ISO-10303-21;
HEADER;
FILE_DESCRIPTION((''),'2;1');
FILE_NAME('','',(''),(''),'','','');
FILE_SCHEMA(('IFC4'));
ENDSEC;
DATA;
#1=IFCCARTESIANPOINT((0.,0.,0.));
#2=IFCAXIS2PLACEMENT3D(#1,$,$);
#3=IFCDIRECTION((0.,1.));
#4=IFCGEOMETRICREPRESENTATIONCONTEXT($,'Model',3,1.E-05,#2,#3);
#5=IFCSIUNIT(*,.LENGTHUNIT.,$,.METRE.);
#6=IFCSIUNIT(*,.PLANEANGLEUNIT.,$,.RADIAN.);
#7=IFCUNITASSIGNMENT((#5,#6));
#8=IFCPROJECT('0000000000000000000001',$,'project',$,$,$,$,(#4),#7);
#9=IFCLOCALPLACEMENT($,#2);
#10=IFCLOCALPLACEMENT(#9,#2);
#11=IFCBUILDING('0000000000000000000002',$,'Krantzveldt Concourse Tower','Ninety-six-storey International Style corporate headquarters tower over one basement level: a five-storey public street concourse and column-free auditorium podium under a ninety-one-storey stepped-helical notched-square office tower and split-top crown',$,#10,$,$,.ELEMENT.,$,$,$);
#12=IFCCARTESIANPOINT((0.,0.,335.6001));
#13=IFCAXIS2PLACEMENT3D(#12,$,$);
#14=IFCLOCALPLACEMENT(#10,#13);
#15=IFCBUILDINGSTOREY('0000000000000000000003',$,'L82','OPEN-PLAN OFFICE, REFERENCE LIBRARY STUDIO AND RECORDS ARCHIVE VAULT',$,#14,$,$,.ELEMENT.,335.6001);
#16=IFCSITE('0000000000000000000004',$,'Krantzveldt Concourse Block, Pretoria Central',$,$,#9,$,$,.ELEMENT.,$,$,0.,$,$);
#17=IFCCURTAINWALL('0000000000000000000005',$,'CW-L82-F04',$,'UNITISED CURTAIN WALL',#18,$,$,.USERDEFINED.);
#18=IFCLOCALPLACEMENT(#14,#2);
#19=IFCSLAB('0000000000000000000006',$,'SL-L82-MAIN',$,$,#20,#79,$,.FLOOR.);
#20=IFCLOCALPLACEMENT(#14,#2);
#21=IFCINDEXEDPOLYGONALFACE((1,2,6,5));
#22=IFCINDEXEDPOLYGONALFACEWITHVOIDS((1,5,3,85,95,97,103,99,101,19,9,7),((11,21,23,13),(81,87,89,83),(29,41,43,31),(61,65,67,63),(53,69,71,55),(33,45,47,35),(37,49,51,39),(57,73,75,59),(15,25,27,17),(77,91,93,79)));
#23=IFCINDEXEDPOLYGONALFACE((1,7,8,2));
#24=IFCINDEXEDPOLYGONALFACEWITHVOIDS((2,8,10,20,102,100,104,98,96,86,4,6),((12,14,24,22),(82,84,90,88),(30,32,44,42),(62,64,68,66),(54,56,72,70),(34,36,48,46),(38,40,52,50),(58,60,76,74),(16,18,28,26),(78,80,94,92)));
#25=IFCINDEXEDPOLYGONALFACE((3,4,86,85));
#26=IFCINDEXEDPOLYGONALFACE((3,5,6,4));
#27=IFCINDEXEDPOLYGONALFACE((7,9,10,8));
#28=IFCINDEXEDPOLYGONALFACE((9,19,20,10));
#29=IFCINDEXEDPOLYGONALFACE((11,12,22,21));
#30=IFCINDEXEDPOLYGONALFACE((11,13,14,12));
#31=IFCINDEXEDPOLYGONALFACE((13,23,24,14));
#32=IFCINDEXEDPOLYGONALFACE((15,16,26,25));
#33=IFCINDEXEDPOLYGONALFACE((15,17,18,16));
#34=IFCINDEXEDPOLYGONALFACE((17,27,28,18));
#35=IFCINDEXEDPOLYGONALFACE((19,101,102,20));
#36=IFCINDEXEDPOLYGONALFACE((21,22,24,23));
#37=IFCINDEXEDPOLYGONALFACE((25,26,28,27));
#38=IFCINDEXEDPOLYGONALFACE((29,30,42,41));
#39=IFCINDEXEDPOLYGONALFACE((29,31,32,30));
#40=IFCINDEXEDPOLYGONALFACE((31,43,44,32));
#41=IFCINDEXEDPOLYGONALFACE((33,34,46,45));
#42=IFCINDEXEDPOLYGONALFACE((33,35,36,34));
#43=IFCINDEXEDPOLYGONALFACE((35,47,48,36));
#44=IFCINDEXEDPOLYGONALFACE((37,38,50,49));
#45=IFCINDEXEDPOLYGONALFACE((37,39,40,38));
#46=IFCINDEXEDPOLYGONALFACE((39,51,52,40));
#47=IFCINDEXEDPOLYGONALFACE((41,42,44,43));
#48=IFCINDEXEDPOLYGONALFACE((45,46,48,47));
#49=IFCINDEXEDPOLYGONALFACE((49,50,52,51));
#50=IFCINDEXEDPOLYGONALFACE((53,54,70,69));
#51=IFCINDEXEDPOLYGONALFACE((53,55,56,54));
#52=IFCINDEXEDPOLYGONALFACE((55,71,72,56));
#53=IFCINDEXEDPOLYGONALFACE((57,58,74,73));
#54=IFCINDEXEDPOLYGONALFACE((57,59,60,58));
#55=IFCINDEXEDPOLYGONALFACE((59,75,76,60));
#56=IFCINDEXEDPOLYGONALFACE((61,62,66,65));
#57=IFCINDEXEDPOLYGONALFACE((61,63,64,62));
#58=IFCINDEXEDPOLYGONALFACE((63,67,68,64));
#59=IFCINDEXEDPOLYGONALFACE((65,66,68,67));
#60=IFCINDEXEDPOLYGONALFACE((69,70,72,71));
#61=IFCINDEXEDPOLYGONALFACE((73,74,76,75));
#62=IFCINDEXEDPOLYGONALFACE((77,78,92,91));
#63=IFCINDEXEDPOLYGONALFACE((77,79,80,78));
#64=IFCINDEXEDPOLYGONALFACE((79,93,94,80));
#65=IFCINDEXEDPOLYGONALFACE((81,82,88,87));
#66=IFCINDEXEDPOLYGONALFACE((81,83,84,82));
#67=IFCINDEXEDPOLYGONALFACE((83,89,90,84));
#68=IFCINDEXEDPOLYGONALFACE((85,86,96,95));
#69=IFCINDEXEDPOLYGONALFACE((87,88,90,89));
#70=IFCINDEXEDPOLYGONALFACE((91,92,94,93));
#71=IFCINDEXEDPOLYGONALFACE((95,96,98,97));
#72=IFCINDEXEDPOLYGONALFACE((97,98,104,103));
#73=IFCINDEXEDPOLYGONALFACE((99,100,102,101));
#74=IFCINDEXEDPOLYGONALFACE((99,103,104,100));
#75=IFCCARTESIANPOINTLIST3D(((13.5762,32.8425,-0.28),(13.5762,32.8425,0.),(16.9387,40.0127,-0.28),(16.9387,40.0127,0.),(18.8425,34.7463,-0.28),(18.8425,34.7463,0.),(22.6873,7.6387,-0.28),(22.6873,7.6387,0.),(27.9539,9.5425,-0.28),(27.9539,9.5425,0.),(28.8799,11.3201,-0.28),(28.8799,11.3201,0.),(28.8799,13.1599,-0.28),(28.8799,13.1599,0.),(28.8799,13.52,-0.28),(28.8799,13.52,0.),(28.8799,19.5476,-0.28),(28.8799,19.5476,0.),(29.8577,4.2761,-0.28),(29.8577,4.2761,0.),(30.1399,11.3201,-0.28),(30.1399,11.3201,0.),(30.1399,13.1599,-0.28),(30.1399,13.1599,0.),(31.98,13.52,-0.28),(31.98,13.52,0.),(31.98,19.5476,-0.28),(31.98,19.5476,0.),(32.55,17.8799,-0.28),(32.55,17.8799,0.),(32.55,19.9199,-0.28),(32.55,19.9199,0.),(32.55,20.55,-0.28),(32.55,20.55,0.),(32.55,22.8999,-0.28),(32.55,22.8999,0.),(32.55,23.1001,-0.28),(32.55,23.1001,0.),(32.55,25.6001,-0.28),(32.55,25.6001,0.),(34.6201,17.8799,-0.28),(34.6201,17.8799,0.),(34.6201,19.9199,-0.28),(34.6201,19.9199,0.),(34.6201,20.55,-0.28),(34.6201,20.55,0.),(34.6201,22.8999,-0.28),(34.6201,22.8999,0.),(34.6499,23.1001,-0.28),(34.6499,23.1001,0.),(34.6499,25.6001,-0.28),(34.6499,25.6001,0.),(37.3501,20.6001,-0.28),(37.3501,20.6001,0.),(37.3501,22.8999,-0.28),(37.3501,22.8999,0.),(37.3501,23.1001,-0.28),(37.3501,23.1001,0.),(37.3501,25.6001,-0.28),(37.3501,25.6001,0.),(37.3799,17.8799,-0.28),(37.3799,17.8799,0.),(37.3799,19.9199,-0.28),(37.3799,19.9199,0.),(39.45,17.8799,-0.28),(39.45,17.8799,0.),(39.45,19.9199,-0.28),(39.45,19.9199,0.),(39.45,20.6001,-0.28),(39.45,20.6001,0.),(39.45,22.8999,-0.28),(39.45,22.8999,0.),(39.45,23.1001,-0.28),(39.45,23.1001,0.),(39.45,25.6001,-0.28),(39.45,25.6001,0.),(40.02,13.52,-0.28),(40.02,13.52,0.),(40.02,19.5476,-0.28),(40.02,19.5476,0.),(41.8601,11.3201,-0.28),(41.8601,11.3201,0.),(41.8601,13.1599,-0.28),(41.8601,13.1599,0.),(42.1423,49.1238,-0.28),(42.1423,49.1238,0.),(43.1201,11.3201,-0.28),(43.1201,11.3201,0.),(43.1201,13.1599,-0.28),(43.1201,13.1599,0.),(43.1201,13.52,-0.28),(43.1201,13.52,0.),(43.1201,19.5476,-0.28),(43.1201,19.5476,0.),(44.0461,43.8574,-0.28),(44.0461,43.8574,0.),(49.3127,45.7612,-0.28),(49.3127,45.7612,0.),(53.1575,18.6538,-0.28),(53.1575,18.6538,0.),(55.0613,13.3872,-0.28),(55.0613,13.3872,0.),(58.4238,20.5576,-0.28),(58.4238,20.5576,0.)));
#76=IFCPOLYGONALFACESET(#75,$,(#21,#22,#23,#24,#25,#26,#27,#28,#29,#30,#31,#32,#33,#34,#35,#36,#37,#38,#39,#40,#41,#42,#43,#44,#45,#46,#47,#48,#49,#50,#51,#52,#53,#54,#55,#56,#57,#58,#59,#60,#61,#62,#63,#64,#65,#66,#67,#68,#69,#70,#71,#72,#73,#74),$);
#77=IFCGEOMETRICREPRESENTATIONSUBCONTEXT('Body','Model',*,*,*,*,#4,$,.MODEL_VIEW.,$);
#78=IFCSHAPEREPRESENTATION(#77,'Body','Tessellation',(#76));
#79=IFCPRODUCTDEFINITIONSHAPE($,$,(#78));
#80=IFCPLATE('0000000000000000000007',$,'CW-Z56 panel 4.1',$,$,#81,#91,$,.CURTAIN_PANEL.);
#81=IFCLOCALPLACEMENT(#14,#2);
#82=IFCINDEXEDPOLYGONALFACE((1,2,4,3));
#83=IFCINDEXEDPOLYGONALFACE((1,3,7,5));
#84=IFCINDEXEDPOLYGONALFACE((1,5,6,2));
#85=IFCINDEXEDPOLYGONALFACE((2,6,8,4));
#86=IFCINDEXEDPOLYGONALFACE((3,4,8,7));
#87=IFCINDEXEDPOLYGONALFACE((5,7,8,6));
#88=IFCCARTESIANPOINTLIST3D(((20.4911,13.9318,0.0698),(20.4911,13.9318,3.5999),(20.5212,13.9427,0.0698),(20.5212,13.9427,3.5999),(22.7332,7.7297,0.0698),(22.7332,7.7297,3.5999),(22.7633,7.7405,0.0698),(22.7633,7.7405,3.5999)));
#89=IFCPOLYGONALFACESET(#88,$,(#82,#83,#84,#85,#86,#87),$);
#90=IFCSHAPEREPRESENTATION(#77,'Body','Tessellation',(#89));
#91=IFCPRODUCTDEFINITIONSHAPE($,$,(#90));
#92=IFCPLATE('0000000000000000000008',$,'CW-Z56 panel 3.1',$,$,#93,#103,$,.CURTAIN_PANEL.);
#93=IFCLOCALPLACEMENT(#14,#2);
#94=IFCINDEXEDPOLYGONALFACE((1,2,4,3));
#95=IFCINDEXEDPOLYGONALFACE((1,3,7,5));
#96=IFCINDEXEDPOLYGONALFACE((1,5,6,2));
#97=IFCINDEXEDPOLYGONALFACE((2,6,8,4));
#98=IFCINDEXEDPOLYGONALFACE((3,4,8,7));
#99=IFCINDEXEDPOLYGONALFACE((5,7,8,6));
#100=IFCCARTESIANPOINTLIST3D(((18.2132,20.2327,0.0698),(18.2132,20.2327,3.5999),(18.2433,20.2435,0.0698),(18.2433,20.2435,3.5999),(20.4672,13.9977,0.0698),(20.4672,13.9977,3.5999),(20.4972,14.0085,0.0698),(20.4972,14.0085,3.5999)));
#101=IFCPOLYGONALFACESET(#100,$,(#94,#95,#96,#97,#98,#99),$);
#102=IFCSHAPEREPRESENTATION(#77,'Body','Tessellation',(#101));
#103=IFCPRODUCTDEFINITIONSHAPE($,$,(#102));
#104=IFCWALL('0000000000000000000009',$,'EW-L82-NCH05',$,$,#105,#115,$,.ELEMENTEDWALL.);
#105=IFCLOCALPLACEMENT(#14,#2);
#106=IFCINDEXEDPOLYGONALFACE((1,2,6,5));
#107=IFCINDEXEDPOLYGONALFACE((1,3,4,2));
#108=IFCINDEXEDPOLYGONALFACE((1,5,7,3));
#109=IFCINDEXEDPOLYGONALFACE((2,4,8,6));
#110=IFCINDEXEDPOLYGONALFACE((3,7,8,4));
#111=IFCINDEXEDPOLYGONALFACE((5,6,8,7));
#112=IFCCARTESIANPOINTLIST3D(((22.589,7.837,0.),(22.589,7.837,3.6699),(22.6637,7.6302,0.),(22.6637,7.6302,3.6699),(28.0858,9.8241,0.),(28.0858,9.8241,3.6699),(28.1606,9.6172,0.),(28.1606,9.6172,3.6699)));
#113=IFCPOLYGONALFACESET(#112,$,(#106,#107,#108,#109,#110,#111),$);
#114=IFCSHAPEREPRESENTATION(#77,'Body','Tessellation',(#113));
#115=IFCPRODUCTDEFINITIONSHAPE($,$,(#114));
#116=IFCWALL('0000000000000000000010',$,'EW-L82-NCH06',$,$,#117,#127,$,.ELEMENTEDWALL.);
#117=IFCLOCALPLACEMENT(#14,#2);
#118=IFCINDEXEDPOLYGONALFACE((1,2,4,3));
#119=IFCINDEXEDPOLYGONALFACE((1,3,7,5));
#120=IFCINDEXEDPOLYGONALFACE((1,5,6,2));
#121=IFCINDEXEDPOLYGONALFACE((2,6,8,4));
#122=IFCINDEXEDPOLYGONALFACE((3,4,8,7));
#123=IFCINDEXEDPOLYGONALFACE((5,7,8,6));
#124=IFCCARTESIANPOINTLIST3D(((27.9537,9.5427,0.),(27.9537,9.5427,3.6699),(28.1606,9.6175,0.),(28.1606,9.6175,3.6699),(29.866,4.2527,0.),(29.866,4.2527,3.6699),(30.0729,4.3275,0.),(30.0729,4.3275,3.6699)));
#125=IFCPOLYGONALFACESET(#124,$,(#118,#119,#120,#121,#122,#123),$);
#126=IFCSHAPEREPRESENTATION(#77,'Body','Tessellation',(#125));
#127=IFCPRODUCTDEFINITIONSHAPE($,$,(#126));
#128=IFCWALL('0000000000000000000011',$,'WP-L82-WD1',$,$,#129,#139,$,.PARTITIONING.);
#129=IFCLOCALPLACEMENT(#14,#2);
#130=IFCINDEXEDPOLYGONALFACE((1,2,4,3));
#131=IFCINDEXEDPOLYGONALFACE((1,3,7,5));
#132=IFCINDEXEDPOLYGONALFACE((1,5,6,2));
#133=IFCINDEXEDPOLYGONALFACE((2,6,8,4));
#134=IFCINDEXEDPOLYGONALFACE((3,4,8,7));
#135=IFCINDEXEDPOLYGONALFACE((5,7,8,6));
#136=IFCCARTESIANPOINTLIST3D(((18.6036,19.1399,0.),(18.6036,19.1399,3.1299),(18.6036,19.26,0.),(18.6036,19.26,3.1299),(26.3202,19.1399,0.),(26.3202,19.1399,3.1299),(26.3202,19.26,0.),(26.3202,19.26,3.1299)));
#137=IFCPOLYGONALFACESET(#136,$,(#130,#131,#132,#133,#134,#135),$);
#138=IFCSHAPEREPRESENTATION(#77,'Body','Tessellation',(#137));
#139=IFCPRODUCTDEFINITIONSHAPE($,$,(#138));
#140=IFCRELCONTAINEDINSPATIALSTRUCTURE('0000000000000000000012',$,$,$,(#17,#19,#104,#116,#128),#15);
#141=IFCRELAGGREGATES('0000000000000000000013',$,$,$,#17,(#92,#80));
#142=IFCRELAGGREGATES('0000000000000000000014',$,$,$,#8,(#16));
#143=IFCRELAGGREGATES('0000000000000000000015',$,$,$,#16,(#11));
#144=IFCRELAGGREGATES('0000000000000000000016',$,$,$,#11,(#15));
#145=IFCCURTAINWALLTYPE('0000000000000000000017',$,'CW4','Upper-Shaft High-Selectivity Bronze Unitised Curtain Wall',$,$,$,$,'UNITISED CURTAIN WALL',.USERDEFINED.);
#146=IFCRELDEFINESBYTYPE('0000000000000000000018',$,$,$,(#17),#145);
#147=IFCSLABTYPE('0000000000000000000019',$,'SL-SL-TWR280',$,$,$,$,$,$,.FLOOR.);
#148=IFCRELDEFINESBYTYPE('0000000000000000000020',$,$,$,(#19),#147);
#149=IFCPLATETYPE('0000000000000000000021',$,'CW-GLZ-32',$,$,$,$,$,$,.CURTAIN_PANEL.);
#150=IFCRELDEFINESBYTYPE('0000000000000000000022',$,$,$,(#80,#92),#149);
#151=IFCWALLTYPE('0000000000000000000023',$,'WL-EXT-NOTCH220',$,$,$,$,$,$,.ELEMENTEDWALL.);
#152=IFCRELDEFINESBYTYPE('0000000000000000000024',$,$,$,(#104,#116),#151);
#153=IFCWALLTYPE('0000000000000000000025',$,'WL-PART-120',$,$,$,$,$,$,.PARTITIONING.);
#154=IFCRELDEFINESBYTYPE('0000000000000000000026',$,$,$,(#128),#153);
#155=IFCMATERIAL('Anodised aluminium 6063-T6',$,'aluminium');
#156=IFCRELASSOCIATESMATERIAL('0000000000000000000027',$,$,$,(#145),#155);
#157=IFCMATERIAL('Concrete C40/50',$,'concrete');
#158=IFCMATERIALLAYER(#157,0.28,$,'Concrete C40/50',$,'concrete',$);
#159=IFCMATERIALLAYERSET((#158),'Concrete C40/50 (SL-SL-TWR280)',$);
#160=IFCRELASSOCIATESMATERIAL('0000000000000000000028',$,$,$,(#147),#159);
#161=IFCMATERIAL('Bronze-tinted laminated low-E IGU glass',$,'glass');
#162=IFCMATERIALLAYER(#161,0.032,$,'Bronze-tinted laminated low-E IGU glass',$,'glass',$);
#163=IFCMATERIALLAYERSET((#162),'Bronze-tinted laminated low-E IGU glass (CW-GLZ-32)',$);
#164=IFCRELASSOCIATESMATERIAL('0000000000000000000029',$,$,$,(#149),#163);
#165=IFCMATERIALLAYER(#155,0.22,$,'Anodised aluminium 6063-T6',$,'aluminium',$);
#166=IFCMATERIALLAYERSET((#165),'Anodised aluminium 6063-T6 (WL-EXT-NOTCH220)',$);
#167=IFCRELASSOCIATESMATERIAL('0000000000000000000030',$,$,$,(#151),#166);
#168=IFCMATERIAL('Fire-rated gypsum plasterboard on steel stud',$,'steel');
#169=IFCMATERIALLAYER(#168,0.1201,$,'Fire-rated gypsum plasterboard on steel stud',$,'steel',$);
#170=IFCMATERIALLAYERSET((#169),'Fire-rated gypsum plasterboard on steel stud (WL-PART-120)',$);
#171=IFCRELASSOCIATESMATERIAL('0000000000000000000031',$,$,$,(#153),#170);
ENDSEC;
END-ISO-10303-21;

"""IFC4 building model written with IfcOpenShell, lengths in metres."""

from ifc_helpers import new_model, si_unit, direction, frame, frame_2d, origin, origin_2d, place, context, subcontext, project, spatial, polyline, rectangle, outline, extrude, source, transform, mapped, material, layer, layer_set, type_object, type_shapes, element, aggregate, save


model = new_model("IFC4")

# Units and contexts
model_context = context("Model", 3, precision=1e-05, world=origin(), true_north=direction((0.0, 1.0)))
body_context = subcontext(model_context, "Body", "Model", "MODEL_VIEW")
ifc_project = project(units=[si_unit("LENGTHUNIT", "METRE"), si_unit("PLANEANGLEUNIT", "RADIAN")], contexts=[model_context])

# Site, building, storey
site_placement = place(None, origin())
site = spatial("IfcSite", under=ifc_project, at=site_placement, Name="Krantzveldt Concourse Block, Pretoria Central", CompositionType="ELEMENT", RefElevation=0.0)
building_placement = place(site_placement, origin())
building = spatial("IfcBuilding", under=site, at=building_placement, Name="Krantzveldt Concourse Tower", Description="Ninety-six-storey International Style corporate headquarters tower over one basement level: a five-storey public street concourse and column-free auditorium podium under a ninety-one-storey stepped-helical notched-square office tower and split-top crown", CompositionType="ELEMENT")
storey_placement = place(building_placement, frame((0.0, 0.0, 335.6001)))
storey = spatial("IfcBuildingStorey", under=building, at=storey_placement, Name="L82", Description="OPEN-PLAN OFFICE, REFERENCE LIBRARY STUDIO AND RECORDS ARCHIVE VAULT", CompositionType="ELEMENT", Elevation=335.6001)

# Curtain wall
ifc_material_1 = material(Name="Anodised aluminium 6063-T6", Category="aluminium")
curtain_wall_type = type_object("IfcCurtainWallType", Name="CW4", Description="Upper-Shaft High-Selectivity Bronze Unitised Curtain Wall", ElementType="UNITISED CURTAIN WALL", PredefinedType="USERDEFINED", material=ifc_material_1)
curtain_wall_placement = place(storey_placement, origin())
curtain_wall = element("IfcCurtainWall", 1, at=curtain_wall_placement, inside=storey, type_object=curtain_wall_type, Name="CW-L82-F04", ObjectType="UNITISED CURTAIN WALL", PredefinedType="USERDEFINED")

# Slab
ifc_material_2 = material(Name="Concrete C40/50", Category="concrete")
ifc_layer_1 = layer(ifc_material_2, 0.28, Name="Concrete C40/50", Category="concrete")
ifc_layer_set_1 = layer_set([ifc_layer_1], Name="Concrete C40/50 (SL-SL-TWR280)")
slab_type_1 = type_object("IfcSlabType", Name="SL-SL-TWR280", PredefinedType="FLOOR", material=ifc_layer_set_1)
slab_1_placement = place(storey_placement, frame((0.0, 0.0, -0.28)))
element("IfcSlab", 2, at=slab_1_placement, inside=storey, type_object=slab_type_1, Name="SL-L82-MAIN", PredefinedType="FLOOR", context=body_context, shape_type="SweptSolid", body=[
    extrude(outline(polyline([(44.0461, 43.8574), (42.1423, 49.1238), (16.9387, 40.0127), (18.8425, 34.7463), (13.5762, 32.8425), (22.6873, 7.6387), (27.9539, 9.5425), (29.8577, 4.2761), (55.0613, 13.3872), (53.1575, 18.6538), (58.4238, 20.5576), (49.3127, 45.7612), (44.0461, 43.8574)]), holes=[polyline([(28.8799, 19.5476), (28.8799, 13.52), (31.98, 13.52), (31.98, 19.5476), (28.8799, 19.5476)]), polyline([(40.02, 19.5476), (40.02, 13.52), (43.1201, 13.52), (43.1201, 19.5476), (40.02, 19.5476)]), polyline([(32.55, 23.1001), (34.6499, 23.1001), (34.6499, 25.6001), (32.55, 25.6001), (32.55, 23.1001)]), polyline([(37.3501, 23.1001), (39.45, 23.1001), (39.45, 25.6001), (37.3501, 25.6001), (37.3501, 23.1001)]), polyline([(37.3501, 20.6001), (39.45, 20.6001), (39.45, 22.8999), (37.3501, 22.8999), (37.3501, 20.6001)]), polyline([(32.55, 20.55), (34.6201, 20.55), (34.6201, 22.8999), (32.55, 22.8999), (32.55, 20.55)]), polyline([(32.55, 17.8799), (34.6201, 17.8799), (34.6201, 19.9199), (32.55, 19.9199), (32.55, 17.8799)]), polyline([(37.3799, 17.8799), (39.45, 17.8799), (39.45, 19.9199), (37.3799, 19.9199), (37.3799, 17.8799)]), polyline([(28.8799, 11.3201), (30.1399, 11.3201), (30.1399, 13.1599), (28.8799, 13.1599), (28.8799, 11.3201)]), polyline([(41.8601, 11.3201), (43.1201, 11.3201), (43.1201, 13.1599), (41.8601, 13.1599), (41.8601, 11.3201)])]), origin(), (0.0, 0.0, 1.0), 0.28),
])

# Plates
ifc_material_3 = material(Name="Bronze-tinted laminated low-E IGU glass", Category="glass")
ifc_layer_2 = layer(ifc_material_3, 0.032, Name="Bronze-tinted laminated low-E IGU glass", Category="glass")
ifc_layer_set_2 = layer_set([ifc_layer_2], Name="Bronze-tinted laminated low-E IGU glass (CW-GLZ-32)")
plate_type = type_object("IfcPlateType", Name="CW-GLZ-32", PredefinedType="CURTAIN_PANEL", material=ifc_layer_set_2)
shared_shape_1 = source(origin(), body_context, "Body", "SweptSolid", [
    extrude(rectangle(XDim=6.595, YDim=0.032, at=origin_2d()), origin(), (0.0, 0.0, 1.0), 3.53),
])
plate_1_placement = place(storey_placement, frame((21.6272, 10.8362, 0.0698), z_axis=(0.0, 0.0, 1.0), x_axis=(0.339969, -0.940437, 0.0)))
plate_1 = element("IfcPlate", 3, at=plate_1_placement, type_object=plate_type, Name="CW-Z56 panel 4.1", PredefinedType="CURTAIN_PANEL", context=body_context, shape_type="MappedRepresentation", body=[
    mapped(shared_shape_1, transform((0.0, 0.0, 0.0), x_axis=(1.0, 0.0, 0.0), y_axis=(0.0, 1.0, 0.0), z_axis=(0.0, 0.0, 1.0), scale=1.0)),
])
shared_shape_2 = source(origin(), body_context, "Body", "SweptSolid", [
    extrude(rectangle(XDim=6.6299, YDim=0.032, at=origin_2d()), origin(), (0.0, 0.0, 1.0), 3.53),
])
type_shapes(plate_type, [shared_shape_1, shared_shape_2])
plate_2_placement = place(storey_placement, frame((19.3552, 17.1206, 0.0698), z_axis=(0.0, 0.0, 1.0), x_axis=(0.339969, -0.940437, 0.0)))
plate_2 = element("IfcPlate", 4, at=plate_2_placement, type_object=plate_type, Name="CW-Z56 panel 3.1", PredefinedType="CURTAIN_PANEL", context=body_context, shape_type="MappedRepresentation", body=[
    mapped(shared_shape_2, transform((0.0, 0.0, 0.0), x_axis=(1.0, 0.0, 0.0), y_axis=(0.0, 1.0, 0.0), z_axis=(0.0, 0.0, 1.0), scale=1.0)),
])
aggregate(curtain_wall, [plate_2, plate_1])

# Walls
ifc_layer_3 = layer(ifc_material_1, 0.22, Name="Anodised aluminium 6063-T6", Category="aluminium")
ifc_layer_set_3 = layer_set([ifc_layer_3], Name="Anodised aluminium 6063-T6 (WL-EXT-NOTCH220)")
wall_type_1 = type_object("IfcWallType", Name="WL-EXT-NOTCH220", PredefinedType="ELEMENTEDWALL", material=ifc_layer_set_3)
wall_1_placement = place(storey_placement, frame((22.6265, 7.7336, 0.0), z_axis=(0.0, 0.0, 1.0), x_axis=(0.940439, 0.339962, 0.0)))
element("IfcWall", 5, at=wall_1_placement, inside=storey, type_object=wall_type_1, Name="EW-L82-NCH05", PredefinedType="ELEMENTEDWALL", context=body_context, shape_type="SweptSolid", body=[
    extrude(rectangle(XDim=5.845, YDim=0.22, at=frame_2d((2.9224, 0.0))), origin(), (0.0, 0.0, 1.0), 3.6699),
])
wall_2_placement = place(storey_placement, frame((28.0571, 9.5801, 0.0), z_axis=(0.0, 0.0, 1.0), x_axis=(0.339969, -0.940437, 0.0)))
element("IfcWall", 6, at=wall_2_placement, inside=storey, type_object=wall_type_1, Name="EW-L82-NCH06", PredefinedType="ELEMENTEDWALL", context=body_context, shape_type="SweptSolid", body=[
    extrude(rectangle(XDim=5.625, YDim=0.22, at=frame_2d((2.8125, 0.0))), origin(), (0.0, 0.0, 1.0), 3.6699),
])
ifc_material_4 = material(Name="Fire-rated gypsum plasterboard on steel stud", Category="steel")
ifc_layer_4 = layer(ifc_material_4, 0.1201, Name="Fire-rated gypsum plasterboard on steel stud", Category="steel")
ifc_layer_set_4 = layer_set([ifc_layer_4], Name="Fire-rated gypsum plasterboard on steel stud (WL-PART-120)")
wall_type_2 = type_object("IfcWallType", Name="WL-PART-120", PredefinedType="PARTITIONING", material=ifc_layer_set_4)
wall_3_placement = place(storey_placement, frame((18.6035, 19.2, 0.0), z_axis=(0.0, 0.0, 1.0), x_axis=(1.0, 0.0, 0.0)))
element("IfcWall", 7, at=wall_3_placement, inside=storey, type_object=wall_type_2, Name="WP-L82-WD1", PredefinedType="PARTITIONING", context=body_context, shape_type="SweptSolid", body=[
    extrude(rectangle(XDim=7.7166, YDim=0.1201, at=frame_2d((3.8584, 0.0))), origin(), (0.0, 0.0, 1.0), 3.1299),
])

save(model, "model.ifc")
